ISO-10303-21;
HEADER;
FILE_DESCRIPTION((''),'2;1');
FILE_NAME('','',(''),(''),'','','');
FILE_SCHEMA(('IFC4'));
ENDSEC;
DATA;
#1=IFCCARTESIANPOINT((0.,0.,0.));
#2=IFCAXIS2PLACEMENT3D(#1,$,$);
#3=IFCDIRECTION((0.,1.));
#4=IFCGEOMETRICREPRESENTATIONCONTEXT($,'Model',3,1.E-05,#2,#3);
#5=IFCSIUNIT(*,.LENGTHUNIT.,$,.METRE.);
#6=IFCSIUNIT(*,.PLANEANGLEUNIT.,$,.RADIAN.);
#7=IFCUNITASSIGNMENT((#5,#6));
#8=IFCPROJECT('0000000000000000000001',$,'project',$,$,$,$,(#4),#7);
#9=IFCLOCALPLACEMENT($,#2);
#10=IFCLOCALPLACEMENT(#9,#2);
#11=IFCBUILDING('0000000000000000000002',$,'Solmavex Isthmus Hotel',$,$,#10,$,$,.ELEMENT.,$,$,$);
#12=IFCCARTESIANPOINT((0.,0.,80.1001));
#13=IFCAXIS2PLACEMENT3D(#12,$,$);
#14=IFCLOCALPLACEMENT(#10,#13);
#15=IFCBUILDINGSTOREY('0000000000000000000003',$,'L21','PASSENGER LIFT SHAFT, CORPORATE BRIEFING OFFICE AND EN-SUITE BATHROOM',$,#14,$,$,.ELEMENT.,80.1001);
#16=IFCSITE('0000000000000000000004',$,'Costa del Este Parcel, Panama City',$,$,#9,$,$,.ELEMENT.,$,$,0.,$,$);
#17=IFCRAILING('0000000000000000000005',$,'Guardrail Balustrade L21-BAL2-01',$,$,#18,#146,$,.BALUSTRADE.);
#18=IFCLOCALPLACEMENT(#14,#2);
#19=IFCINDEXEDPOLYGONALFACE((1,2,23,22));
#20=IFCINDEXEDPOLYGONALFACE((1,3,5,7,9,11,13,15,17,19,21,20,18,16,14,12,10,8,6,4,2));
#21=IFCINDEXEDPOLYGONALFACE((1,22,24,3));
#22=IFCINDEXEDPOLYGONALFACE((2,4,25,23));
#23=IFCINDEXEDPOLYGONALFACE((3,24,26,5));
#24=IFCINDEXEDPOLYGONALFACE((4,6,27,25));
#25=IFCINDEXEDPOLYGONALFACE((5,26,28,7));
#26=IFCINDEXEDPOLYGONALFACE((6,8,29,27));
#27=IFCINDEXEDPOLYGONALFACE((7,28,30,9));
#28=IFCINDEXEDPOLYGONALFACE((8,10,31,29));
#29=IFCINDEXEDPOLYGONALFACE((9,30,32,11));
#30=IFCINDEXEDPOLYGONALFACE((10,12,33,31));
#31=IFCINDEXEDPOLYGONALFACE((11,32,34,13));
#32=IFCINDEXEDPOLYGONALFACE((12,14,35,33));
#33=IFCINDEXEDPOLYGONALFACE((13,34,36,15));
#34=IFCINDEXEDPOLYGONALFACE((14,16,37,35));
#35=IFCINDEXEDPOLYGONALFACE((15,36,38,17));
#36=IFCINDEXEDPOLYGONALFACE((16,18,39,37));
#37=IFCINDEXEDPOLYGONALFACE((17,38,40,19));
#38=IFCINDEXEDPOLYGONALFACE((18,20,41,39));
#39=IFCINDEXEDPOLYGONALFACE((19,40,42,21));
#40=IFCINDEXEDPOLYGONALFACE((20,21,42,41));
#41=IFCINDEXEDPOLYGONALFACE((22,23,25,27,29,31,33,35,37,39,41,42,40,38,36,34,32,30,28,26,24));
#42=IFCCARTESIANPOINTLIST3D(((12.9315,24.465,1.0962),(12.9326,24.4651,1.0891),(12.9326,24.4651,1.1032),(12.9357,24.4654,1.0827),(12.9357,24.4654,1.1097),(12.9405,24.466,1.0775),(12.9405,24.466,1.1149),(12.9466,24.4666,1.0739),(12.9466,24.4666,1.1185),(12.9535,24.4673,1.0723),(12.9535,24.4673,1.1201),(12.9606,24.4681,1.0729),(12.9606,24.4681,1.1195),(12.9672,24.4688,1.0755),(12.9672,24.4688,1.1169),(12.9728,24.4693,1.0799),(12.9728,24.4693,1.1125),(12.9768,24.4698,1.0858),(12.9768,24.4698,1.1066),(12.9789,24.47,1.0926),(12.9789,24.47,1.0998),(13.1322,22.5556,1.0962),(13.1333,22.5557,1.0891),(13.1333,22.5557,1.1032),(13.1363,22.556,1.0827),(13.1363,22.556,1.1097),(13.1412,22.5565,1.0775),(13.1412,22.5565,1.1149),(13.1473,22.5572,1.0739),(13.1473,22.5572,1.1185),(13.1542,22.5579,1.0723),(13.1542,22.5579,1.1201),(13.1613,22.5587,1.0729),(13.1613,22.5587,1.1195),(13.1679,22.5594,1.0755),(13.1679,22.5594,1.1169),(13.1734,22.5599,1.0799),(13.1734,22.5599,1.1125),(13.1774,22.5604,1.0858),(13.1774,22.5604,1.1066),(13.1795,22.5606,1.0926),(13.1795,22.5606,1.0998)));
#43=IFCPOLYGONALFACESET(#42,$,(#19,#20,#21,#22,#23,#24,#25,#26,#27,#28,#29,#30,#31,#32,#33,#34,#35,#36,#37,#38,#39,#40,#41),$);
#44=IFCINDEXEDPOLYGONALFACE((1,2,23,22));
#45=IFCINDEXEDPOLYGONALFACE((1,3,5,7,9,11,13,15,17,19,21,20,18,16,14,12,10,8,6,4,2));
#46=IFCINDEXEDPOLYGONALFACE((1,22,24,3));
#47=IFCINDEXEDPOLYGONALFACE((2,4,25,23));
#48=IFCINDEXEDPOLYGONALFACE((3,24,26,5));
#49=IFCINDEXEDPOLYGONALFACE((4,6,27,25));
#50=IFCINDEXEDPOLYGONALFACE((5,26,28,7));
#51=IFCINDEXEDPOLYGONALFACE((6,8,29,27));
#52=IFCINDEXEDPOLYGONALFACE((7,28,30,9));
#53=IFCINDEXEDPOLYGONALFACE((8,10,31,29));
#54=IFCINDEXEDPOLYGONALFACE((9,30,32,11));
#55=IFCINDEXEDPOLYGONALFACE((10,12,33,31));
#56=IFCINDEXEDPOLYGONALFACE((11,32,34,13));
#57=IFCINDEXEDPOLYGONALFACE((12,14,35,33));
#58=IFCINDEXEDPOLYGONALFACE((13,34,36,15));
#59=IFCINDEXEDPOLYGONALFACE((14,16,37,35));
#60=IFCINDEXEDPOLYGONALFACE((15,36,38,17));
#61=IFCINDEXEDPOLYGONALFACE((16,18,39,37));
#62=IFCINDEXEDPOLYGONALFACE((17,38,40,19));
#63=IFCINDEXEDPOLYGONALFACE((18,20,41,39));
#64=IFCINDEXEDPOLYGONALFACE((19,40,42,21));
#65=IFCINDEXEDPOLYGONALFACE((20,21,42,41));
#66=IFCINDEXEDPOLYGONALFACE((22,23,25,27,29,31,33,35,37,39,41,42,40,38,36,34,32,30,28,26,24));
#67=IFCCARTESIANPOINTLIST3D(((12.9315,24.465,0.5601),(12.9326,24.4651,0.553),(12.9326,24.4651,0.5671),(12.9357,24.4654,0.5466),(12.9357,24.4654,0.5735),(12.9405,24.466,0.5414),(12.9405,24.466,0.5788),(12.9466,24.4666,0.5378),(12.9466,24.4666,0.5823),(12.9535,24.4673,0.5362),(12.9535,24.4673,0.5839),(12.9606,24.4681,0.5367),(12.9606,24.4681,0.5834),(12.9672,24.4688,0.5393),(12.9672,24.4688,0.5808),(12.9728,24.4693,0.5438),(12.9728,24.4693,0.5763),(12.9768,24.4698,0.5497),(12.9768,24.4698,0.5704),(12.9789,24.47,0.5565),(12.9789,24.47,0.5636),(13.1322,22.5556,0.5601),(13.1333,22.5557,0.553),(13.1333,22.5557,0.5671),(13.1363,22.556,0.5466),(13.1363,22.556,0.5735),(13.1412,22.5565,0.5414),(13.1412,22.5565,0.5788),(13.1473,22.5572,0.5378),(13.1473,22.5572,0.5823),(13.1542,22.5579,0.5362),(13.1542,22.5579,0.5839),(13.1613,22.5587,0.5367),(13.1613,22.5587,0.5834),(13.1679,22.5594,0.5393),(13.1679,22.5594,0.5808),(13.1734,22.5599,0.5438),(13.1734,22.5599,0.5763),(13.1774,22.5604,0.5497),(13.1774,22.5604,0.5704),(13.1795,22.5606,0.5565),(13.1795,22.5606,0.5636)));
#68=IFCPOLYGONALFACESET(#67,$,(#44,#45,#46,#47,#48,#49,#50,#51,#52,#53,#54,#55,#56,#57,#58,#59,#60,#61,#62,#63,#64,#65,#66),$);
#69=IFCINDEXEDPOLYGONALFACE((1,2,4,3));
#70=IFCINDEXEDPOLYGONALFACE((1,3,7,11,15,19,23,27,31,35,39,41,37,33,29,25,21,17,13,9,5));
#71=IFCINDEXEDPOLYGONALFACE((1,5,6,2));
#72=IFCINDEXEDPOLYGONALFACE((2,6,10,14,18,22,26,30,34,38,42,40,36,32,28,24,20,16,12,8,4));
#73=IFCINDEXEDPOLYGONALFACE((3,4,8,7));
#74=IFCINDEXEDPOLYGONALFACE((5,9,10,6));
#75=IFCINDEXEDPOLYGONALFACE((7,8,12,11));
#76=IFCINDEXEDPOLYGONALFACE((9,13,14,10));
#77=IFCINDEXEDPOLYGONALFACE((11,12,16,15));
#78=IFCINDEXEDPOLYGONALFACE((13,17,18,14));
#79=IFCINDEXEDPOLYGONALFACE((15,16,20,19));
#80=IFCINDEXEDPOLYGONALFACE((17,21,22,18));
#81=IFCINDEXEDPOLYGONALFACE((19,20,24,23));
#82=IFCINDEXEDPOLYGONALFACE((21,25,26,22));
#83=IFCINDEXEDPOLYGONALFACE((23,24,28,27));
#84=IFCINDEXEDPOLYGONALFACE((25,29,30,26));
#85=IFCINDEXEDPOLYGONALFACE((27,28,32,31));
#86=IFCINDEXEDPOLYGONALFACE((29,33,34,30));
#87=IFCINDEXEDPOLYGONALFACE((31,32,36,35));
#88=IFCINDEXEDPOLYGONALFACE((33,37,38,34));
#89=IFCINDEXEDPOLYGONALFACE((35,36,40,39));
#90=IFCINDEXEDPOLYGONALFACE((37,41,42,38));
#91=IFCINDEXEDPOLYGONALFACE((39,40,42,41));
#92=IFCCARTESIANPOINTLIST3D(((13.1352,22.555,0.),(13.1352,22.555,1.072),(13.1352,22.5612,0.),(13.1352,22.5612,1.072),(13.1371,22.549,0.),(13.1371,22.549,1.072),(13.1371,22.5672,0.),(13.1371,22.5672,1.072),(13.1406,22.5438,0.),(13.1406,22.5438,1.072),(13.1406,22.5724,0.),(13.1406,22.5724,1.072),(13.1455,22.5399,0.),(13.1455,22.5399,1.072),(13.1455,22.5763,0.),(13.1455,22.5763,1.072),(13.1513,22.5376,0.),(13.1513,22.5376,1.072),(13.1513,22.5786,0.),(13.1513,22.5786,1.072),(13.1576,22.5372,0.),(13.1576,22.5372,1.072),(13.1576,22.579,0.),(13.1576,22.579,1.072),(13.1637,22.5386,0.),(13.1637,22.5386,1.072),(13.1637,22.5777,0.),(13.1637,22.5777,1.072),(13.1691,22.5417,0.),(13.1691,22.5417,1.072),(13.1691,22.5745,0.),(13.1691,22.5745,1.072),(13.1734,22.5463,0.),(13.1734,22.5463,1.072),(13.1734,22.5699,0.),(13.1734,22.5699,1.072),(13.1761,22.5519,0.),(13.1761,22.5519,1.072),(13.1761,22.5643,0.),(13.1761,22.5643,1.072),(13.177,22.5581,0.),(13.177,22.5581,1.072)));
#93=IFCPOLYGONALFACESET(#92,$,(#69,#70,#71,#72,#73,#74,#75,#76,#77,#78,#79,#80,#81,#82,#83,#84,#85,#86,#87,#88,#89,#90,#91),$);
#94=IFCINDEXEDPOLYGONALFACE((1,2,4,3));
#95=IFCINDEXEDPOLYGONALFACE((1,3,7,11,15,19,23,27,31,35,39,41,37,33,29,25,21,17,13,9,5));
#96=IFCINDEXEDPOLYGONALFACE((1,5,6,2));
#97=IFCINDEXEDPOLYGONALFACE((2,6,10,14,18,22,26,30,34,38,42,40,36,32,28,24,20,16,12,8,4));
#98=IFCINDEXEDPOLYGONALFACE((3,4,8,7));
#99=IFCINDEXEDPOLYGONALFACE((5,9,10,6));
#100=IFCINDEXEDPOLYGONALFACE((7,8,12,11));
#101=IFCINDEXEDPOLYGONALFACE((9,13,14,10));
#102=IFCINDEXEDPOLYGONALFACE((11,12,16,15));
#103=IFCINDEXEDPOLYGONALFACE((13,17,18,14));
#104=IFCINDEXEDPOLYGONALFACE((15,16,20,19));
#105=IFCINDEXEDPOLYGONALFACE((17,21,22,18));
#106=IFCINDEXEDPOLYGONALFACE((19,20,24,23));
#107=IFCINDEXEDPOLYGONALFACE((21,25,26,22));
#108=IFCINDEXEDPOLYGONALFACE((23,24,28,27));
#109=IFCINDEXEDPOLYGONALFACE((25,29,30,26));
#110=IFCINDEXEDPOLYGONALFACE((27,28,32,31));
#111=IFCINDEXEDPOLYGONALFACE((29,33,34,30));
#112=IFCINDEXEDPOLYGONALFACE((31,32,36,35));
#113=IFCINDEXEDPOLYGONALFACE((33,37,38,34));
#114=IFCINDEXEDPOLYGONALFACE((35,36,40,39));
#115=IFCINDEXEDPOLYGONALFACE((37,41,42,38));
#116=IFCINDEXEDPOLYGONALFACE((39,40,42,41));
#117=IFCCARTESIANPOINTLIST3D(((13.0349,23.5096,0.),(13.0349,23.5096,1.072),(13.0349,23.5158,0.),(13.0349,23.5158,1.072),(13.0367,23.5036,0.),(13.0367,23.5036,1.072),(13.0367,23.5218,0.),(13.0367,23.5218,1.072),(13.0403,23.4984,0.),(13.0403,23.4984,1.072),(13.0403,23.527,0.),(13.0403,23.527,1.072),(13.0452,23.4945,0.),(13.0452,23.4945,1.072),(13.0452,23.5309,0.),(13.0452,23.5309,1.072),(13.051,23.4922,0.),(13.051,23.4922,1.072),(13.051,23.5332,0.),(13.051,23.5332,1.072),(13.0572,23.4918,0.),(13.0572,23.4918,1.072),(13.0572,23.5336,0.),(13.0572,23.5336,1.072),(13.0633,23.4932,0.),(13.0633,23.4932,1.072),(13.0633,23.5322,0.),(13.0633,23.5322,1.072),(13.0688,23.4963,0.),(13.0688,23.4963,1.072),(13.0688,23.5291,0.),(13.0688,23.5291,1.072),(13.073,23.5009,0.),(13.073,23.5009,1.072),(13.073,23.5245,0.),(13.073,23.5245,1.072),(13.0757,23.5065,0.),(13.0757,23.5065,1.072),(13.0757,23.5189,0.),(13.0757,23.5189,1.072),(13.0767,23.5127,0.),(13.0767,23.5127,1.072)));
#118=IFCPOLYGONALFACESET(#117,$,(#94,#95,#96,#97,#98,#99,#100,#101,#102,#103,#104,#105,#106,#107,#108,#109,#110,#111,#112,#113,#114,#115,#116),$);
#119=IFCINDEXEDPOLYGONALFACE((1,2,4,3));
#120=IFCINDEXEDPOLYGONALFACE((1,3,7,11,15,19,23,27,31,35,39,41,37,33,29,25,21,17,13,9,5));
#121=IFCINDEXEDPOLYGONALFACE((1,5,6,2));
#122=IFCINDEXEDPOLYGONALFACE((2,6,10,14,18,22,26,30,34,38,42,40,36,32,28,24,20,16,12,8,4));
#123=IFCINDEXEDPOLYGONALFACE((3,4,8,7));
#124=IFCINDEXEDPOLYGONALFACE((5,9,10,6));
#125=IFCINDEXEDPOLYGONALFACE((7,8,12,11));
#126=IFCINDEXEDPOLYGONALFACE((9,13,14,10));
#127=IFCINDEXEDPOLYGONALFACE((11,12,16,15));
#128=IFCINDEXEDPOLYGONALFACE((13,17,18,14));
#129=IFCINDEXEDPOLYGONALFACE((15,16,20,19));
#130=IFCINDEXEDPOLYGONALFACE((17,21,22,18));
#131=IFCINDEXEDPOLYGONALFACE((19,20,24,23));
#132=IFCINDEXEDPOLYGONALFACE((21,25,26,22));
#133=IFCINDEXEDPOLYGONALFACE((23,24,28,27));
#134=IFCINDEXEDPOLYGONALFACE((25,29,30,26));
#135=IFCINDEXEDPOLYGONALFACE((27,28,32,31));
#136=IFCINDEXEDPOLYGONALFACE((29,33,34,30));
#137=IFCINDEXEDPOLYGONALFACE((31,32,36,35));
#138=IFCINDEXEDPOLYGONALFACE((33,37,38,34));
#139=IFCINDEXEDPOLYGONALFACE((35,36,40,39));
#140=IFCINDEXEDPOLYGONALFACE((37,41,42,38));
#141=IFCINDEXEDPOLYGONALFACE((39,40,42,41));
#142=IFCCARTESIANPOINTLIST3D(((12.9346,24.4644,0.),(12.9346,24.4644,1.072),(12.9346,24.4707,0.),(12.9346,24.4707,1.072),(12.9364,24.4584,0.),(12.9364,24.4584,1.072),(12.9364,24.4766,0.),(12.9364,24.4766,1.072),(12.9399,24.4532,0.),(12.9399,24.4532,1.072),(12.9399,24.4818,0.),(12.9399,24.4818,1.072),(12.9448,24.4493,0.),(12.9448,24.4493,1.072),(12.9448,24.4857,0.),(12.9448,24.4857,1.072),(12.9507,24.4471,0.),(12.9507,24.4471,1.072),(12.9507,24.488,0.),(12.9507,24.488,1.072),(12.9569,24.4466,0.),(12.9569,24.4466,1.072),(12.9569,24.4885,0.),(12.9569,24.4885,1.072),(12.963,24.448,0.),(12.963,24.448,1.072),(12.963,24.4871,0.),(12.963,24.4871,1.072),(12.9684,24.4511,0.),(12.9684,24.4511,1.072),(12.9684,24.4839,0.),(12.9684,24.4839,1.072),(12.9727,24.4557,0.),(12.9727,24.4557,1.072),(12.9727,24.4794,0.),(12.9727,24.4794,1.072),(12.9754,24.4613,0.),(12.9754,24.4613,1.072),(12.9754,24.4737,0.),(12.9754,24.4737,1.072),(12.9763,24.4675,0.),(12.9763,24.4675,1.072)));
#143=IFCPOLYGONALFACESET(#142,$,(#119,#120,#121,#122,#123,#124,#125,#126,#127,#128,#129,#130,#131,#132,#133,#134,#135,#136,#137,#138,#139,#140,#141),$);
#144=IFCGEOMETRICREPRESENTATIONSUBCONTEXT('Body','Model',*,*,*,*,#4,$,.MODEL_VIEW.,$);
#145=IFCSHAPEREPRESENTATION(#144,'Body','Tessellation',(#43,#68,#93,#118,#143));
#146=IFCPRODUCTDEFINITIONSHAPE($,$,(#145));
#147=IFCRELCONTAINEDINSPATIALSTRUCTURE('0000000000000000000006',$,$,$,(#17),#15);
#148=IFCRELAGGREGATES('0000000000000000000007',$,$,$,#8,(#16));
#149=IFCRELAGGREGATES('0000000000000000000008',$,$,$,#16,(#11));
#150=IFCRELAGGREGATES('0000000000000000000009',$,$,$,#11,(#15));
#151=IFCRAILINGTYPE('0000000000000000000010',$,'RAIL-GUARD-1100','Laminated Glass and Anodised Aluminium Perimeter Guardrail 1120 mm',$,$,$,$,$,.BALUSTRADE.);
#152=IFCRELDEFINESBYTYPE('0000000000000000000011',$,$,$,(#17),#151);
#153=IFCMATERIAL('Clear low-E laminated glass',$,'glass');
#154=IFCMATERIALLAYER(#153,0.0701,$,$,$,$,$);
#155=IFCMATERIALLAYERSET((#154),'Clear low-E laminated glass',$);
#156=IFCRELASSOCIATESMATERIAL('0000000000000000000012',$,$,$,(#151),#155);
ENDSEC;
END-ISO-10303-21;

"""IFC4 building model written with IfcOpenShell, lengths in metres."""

from ifc_helpers import new_model, si_unit, direction, frame, origin, origin_2d, place, context, subcontext, project, spatial, circle, extrude, material, layer, layer_set, type_object, element, save


model = new_model("IFC4")

# Units and contexts
model_context = context("Model", 3, precision=1e-05, world=origin(), true_north=direction((0.0, 1.0)))
body_context = subcontext(model_context, "Body", "Model", "MODEL_VIEW")
ifc_project = project(units=[si_unit("LENGTHUNIT", "METRE"), si_unit("PLANEANGLEUNIT", "RADIAN")], contexts=[model_context])

# Site, building, storey
site_placement = place(None, origin())
site = spatial("IfcSite", under=ifc_project, at=site_placement, Name="Costa del Este Parcel, Panama City", CompositionType="ELEMENT", RefElevation=0.0)
building_placement = place(site_placement, origin())
building = spatial("IfcBuilding", under=site, at=building_placement, Name="Solmavex Isthmus Hotel", CompositionType="ELEMENT")
storey_placement = place(building_placement, frame((0.0, 0.0, 80.1001)))
storey = spatial("IfcBuildingStorey", under=building, at=storey_placement, Name="L21", Description="PASSENGER LIFT SHAFT, CORPORATE BRIEFING OFFICE AND EN-SUITE BATHROOM", CompositionType="ELEMENT", Elevation=80.1001)

# Shared definitions
ifc_material_1 = material(Name="Clear low-E laminated glass", Category="glass")

# Railing
ifc_layer_1 = layer(ifc_material_1, 0.0701)
ifc_layer_set_1 = layer_set([ifc_layer_1], Name="Clear low-E laminated glass")
railing_type = type_object("IfcRailingType", Name="RAIL-GUARD-1100", Description="Laminated Glass and Anodised Aluminium Perimeter Guardrail 1120 mm", PredefinedType="BALUSTRADE", material=ifc_layer_set_1)
railing_1_placement = place(storey_placement, frame((13.156, 22.5581, 0.0)))
element("IfcRailing", 1, at=railing_1_placement, inside=storey, type_object=railing_type, Name="Guardrail Balustrade L21-BAL2-01", PredefinedType="BALUSTRADE", context=body_context, shape_type="SweptSolid", body=[
    extrude(circle(Radius=0.0239, at=origin_2d()), frame((0.0, 0.0, 1.0962), z_axis=(-0.104526, 0.994522, 0.0), x_axis=(-0.994522, -0.104526, 0.0)), (0.0, 0.0, 1.0), 1.9199),
    extrude(circle(Radius=0.0239, at=origin_2d()), frame((0.0, 0.0, 0.5601), z_axis=(-0.104526, 0.994522, 0.0), x_axis=(-0.994522, -0.104526, 0.0)), (0.0, 0.0, 1.0), 1.9199),
    extrude(circle(Radius=0.021, at=origin_2d()), origin(), (0.0, 0.0, 1.0), 1.072),
    extrude(circle(Radius=0.021, at=origin_2d()), frame((-0.1003, 0.9546, 0.0)), (0.0, 0.0, 1.0), 1.072),
    extrude(circle(Radius=0.021, at=origin_2d()), frame((-0.2007, 1.9094, 0.0)), (0.0, 0.0, 1.0), 1.072),
])

save(model, "model.ifc")
